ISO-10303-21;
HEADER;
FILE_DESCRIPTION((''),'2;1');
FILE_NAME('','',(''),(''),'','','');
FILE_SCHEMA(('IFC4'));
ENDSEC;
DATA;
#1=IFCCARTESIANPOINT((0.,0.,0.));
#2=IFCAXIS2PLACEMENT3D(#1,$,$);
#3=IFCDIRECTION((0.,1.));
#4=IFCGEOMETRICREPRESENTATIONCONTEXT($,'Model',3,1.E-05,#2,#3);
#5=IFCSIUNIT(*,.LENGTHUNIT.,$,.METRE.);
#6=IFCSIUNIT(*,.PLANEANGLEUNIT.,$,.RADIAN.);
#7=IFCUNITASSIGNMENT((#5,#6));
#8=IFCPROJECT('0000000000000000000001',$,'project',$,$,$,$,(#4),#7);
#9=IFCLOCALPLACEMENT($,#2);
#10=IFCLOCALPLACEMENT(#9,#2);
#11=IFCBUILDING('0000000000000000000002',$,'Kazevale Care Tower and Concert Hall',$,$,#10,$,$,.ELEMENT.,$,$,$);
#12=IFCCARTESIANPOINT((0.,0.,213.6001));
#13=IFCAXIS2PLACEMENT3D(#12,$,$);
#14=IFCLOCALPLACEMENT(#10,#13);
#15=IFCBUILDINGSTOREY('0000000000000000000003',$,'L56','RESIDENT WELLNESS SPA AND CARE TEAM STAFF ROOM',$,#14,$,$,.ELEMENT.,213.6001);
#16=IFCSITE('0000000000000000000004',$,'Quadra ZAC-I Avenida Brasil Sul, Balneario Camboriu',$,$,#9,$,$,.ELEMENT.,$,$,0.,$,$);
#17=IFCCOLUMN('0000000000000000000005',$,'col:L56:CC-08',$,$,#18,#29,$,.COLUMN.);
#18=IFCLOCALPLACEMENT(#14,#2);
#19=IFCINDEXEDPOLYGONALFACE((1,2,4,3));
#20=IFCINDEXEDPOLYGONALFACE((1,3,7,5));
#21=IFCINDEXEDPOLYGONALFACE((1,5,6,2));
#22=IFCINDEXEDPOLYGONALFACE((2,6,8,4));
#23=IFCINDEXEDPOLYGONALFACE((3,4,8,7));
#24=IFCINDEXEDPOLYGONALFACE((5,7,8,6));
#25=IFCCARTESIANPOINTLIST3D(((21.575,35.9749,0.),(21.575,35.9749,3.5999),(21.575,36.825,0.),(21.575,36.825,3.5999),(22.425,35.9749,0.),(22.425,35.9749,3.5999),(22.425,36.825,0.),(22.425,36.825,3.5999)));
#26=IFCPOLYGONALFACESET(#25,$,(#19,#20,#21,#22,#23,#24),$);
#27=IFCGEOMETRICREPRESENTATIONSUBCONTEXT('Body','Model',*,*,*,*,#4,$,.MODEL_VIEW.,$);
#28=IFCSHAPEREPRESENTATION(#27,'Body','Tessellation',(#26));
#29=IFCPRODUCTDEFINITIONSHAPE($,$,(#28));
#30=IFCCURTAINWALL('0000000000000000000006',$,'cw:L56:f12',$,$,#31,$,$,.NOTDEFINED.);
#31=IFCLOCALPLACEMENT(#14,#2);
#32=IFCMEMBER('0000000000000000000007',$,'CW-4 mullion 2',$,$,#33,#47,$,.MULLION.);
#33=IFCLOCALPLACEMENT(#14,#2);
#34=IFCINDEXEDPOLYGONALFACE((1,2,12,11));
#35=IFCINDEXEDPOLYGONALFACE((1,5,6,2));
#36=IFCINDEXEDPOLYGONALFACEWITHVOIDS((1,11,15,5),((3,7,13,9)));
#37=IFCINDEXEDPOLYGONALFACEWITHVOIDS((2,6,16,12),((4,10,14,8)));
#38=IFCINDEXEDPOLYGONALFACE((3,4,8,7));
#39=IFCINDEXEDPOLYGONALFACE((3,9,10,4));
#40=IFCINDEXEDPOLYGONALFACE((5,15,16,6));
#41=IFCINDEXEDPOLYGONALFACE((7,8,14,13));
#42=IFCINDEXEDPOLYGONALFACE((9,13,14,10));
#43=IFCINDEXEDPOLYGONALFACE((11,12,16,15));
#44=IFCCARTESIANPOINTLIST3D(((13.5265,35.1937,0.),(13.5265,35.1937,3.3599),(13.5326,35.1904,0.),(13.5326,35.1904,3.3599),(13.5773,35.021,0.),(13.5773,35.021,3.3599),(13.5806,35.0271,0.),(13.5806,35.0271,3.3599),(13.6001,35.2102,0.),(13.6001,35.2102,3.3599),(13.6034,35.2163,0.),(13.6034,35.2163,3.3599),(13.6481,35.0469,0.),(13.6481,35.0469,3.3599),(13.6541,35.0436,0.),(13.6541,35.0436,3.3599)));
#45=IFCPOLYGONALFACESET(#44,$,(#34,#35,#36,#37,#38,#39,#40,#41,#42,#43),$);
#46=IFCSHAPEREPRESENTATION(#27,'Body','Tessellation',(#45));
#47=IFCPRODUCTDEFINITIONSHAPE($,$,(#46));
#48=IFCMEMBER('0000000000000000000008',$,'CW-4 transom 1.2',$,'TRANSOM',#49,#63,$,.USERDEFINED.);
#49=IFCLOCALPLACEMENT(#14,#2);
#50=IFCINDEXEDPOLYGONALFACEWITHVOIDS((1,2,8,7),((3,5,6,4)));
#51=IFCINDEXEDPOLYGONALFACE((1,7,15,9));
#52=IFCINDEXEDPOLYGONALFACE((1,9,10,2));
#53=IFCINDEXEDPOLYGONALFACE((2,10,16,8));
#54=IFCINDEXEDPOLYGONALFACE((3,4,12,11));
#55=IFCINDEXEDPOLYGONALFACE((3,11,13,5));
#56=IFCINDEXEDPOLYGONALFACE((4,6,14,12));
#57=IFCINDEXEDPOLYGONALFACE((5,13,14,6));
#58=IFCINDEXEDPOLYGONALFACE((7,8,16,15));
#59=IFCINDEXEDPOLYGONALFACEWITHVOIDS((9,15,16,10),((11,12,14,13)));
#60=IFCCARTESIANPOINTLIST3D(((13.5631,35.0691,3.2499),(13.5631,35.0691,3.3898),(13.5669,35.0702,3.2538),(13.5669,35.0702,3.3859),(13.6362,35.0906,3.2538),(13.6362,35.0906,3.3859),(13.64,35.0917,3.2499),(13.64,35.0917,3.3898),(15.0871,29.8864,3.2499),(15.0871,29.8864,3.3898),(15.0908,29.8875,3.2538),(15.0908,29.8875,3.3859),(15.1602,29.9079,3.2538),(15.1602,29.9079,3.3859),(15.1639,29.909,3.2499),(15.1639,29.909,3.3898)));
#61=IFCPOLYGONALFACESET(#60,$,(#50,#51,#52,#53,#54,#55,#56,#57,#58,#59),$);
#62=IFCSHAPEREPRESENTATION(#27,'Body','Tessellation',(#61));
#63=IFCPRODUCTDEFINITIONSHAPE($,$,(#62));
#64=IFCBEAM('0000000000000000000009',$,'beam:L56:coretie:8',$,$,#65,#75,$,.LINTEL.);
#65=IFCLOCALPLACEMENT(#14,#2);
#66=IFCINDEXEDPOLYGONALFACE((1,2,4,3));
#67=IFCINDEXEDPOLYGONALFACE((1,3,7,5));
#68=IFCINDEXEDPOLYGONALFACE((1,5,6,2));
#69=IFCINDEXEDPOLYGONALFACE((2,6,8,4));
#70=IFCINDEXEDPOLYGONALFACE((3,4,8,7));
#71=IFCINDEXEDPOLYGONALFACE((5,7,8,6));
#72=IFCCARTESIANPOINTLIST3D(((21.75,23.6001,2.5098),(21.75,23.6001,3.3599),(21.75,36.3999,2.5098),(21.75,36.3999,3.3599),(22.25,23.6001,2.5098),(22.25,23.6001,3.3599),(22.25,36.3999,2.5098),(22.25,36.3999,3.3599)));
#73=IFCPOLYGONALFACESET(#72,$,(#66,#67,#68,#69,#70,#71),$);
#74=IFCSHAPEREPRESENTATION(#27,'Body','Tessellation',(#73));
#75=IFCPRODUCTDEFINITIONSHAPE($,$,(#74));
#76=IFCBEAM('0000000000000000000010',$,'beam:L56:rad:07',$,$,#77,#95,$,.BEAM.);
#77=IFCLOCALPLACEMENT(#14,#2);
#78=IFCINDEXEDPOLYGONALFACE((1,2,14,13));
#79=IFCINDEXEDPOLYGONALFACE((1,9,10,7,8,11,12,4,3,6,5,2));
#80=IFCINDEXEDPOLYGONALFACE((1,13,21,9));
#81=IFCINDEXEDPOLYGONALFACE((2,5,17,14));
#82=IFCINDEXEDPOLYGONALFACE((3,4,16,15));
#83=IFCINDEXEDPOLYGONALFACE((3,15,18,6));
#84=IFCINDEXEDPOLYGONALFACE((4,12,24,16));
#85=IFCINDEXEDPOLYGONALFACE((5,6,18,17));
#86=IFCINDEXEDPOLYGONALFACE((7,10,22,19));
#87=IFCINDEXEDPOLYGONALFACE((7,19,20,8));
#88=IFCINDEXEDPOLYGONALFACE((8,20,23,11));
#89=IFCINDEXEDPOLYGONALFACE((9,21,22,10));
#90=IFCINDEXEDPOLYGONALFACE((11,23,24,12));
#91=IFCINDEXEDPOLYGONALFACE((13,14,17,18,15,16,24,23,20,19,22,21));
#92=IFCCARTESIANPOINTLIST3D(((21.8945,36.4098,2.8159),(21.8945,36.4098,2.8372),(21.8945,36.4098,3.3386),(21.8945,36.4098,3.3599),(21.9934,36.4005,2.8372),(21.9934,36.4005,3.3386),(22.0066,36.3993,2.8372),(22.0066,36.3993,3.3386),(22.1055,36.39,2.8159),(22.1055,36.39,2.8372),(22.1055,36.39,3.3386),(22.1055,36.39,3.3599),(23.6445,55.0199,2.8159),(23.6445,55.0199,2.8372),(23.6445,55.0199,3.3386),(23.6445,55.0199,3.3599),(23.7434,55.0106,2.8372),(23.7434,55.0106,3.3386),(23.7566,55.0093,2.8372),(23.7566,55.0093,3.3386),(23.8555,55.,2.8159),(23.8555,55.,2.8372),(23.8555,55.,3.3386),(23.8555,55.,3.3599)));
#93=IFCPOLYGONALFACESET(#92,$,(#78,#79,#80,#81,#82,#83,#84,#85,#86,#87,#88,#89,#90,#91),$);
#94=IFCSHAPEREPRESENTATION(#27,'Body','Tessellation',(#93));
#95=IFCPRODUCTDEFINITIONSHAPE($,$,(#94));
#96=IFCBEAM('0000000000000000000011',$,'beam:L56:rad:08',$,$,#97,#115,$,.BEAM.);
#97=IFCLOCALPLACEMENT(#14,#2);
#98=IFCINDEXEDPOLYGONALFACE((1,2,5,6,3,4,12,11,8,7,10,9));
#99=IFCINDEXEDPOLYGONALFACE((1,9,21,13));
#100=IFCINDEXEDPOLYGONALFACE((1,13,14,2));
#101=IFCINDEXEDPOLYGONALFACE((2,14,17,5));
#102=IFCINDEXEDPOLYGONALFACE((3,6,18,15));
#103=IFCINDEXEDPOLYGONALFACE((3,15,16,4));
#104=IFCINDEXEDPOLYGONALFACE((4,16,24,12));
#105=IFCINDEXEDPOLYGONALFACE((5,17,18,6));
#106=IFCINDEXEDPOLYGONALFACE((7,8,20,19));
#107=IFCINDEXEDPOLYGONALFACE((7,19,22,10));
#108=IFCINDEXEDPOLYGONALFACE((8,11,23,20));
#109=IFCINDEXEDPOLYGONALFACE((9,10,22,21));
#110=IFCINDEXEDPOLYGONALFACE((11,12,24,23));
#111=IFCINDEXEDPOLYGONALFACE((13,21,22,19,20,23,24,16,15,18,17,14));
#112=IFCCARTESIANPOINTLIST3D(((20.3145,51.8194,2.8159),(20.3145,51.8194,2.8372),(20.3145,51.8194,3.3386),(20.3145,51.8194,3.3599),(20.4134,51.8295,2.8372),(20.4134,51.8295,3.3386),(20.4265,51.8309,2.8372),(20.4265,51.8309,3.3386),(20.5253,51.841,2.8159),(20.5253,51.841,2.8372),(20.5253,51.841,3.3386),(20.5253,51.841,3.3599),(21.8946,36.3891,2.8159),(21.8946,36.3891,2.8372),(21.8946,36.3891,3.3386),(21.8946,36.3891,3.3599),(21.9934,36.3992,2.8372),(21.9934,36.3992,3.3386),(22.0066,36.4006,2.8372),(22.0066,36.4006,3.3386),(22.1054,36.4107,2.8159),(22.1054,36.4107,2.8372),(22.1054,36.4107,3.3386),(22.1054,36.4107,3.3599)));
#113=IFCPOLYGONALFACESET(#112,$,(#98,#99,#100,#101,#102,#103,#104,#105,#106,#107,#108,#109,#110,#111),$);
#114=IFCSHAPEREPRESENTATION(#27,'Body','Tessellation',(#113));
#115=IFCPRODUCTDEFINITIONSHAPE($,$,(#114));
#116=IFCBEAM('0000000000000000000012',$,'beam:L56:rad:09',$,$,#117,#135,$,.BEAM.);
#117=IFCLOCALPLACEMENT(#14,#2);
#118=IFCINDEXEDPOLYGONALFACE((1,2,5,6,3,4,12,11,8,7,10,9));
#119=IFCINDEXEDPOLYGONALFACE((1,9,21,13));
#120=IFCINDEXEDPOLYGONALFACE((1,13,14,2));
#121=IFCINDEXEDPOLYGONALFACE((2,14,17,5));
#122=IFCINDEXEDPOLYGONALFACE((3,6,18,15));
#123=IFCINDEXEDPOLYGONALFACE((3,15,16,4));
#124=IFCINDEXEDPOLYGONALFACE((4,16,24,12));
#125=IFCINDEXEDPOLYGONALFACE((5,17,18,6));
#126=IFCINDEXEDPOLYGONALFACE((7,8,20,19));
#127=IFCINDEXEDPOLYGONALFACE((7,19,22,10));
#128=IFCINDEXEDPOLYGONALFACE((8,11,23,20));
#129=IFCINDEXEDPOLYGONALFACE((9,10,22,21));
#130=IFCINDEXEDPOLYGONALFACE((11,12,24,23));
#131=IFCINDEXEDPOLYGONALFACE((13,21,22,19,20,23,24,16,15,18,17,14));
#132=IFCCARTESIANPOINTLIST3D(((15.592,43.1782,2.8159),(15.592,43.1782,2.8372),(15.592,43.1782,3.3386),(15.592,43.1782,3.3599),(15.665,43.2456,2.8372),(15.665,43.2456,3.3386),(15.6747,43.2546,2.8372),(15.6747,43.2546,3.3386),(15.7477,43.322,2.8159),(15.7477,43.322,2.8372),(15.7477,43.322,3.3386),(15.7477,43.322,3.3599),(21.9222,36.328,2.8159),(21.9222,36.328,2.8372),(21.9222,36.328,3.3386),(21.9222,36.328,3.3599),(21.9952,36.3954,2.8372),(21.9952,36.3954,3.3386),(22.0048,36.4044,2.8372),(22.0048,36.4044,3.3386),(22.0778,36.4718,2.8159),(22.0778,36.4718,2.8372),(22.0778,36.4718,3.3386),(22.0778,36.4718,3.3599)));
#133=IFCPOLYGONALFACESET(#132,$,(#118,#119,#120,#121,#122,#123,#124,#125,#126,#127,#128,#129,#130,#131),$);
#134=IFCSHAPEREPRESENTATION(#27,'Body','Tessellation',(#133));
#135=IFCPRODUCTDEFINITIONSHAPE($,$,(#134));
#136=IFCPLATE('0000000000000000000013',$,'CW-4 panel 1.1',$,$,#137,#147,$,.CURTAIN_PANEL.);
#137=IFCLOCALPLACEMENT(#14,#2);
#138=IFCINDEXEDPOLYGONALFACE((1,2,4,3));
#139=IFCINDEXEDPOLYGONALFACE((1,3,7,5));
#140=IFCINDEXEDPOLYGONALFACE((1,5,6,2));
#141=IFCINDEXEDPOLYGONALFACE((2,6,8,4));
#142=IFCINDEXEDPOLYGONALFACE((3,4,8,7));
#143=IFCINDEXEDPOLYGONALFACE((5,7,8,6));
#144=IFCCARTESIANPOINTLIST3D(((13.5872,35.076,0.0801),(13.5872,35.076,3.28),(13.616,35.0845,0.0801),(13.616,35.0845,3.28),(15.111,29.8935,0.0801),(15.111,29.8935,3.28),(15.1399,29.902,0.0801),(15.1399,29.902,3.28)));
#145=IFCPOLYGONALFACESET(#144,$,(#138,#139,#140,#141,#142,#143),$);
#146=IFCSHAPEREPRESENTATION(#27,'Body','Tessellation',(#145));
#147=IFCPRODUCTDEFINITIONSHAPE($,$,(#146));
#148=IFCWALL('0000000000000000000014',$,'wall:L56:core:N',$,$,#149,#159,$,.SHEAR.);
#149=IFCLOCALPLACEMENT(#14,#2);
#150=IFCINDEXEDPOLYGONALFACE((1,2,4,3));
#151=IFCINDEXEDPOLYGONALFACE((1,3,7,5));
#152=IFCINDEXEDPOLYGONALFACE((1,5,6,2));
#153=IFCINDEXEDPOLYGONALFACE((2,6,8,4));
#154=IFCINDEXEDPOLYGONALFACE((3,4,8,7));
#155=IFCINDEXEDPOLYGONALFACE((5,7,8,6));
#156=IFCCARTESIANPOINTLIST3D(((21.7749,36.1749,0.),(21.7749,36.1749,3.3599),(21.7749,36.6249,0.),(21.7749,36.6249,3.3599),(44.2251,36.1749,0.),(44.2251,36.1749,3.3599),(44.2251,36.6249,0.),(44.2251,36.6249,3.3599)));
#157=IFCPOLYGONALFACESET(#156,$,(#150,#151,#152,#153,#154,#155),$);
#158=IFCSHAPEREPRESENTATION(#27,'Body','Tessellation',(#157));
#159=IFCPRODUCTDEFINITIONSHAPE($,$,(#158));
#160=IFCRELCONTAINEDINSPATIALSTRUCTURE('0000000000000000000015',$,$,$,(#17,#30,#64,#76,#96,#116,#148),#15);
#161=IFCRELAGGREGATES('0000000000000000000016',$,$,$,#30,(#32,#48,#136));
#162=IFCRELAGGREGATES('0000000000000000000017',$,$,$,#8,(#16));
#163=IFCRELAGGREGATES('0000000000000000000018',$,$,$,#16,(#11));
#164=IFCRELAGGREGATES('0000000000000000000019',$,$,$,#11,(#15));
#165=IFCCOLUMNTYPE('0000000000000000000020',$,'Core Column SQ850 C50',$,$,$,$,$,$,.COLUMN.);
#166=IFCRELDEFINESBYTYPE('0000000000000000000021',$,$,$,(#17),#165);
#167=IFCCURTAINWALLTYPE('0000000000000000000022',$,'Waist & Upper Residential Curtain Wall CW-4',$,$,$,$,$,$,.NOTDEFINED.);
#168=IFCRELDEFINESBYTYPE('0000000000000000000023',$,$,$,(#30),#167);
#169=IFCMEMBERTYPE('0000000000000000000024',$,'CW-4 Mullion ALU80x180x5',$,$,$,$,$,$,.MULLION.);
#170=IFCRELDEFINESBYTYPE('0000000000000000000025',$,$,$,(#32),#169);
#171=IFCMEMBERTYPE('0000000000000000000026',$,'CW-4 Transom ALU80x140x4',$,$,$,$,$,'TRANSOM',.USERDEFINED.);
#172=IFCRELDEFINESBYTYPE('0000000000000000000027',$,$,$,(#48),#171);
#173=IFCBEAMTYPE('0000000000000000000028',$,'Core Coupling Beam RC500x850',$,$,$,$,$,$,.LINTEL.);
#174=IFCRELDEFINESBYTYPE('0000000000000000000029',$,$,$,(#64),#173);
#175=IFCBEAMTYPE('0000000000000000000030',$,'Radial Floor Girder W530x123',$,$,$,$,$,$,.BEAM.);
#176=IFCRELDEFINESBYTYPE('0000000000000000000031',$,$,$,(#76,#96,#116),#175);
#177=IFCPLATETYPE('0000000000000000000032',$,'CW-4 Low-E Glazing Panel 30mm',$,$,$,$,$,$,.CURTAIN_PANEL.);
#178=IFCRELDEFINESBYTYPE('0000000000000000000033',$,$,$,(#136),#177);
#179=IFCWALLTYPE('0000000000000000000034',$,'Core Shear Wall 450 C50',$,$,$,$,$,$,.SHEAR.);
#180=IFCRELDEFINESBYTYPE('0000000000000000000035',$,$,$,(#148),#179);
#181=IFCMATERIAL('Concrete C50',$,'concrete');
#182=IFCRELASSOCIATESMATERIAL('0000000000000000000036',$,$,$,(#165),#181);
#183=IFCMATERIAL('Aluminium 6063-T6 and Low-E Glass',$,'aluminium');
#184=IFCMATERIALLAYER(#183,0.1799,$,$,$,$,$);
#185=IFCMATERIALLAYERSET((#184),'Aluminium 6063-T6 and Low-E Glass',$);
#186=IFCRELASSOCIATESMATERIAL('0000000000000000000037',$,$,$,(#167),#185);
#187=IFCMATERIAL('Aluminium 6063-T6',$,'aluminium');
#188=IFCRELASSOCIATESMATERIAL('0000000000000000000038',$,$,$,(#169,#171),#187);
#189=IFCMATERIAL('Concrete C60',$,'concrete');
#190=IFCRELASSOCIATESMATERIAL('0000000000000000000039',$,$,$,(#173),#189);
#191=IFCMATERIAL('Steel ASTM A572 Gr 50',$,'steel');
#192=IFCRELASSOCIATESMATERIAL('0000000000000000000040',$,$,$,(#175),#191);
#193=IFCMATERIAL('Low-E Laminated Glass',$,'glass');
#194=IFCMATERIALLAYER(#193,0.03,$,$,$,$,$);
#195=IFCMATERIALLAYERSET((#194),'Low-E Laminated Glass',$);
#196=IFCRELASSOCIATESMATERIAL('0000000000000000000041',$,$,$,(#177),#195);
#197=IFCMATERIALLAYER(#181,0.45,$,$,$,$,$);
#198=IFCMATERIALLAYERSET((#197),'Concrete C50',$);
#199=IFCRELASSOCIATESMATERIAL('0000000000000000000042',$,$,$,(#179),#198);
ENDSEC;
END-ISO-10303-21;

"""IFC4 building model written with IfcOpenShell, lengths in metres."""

from ifc_helpers import new_model, si_unit, direction, frame, frame_2d, origin, origin_2d, place, context, subcontext, project, spatial, rectangle, hollow_rectangle, i_section, extrude, material, layer, layer_set, material_profile, profile_set, type_object, element, aggregate, save


model = new_model("IFC4")

# Units and contexts
model_context = context("Model", 3, precision=1e-05, world=origin(), true_north=direction((0.0, 1.0)))
body_context = subcontext(model_context, "Body", "Model", "MODEL_VIEW")
ifc_project = project(units=[si_unit("LENGTHUNIT", "METRE"), si_unit("PLANEANGLEUNIT", "RADIAN")], contexts=[model_context])

# Site, building, storey
site_placement = place(None, origin())
site = spatial("IfcSite", under=ifc_project, at=site_placement, Name="Quadra ZAC-I Avenida Brasil Sul, Balneario Camboriu", CompositionType="ELEMENT", RefElevation=0.0)
building_placement = place(site_placement, origin())
building = spatial("IfcBuilding", under=site, at=building_placement, Name="Kazevale Care Tower and Concert Hall", CompositionType="ELEMENT")
storey_placement = place(building_placement, frame((0.0, 0.0, 213.6001)))
storey = spatial("IfcBuildingStorey", under=building, at=storey_placement, Name="L56", Description="RESIDENT WELLNESS SPA AND CARE TEAM STAFF ROOM", CompositionType="ELEMENT", Elevation=213.6001)

# Column
ifc_material_1 = material(Name="Concrete C50", Category="concrete")
ifc_material_profile_1 = material_profile(ifc_material_1, rectangle(XDim=0.8501, YDim=0.8501, at=origin_2d()), Name="RC-SQ850")
ifc_profile_set_1 = profile_set([ifc_material_profile_1], Name="Concrete C50")
column_type = type_object("IfcColumnType", Name="Core Column SQ850 C50", PredefinedType="COLUMN", material=ifc_profile_set_1)
column_placement = place(storey_placement, frame((22.0, 36.3999, 0.0), z_axis=(0.0, 0.0, 1.0), x_axis=(1.0, 0.0, 0.0)))
element("IfcColumn", 1, at=column_placement, inside=storey, type_object=column_type, Name="col:L56:CC-08", PredefinedType="COLUMN", context=body_context, shape_type="SweptSolid", body=[
    extrude(rectangle(XDim=0.8501, YDim=0.8501, at=origin_2d()), origin(), (0.0, 0.0, 1.0), 3.5999),
])

# Curtain wall, members
ifc_material_2 = material(Name="Aluminium 6063-T6 and Low-E Glass", Category="aluminium")
ifc_layer_1 = layer(ifc_material_2, 0.1799)
ifc_layer_set_1 = layer_set([ifc_layer_1], Name="Aluminium 6063-T6 and Low-E Glass")
curtain_wall_type = type_object("IfcCurtainWallType", Name="Waist & Upper Residential Curtain Wall CW-4", PredefinedType="NOTDEFINED", material=ifc_layer_set_1)
curtain_wall_placement = place(storey_placement, origin())
curtain_wall = element("IfcCurtainWall", 2, at=curtain_wall_placement, inside=storey, type_object=curtain_wall_type, Name="cw:L56:f12", PredefinedType="NOTDEFINED")
ifc_material_3 = material(Name="Aluminium 6063-T6", Category="aluminium")
ifc_material_profile_2 = material_profile(ifc_material_3, hollow_rectangle(XDim=0.0801, YDim=0.1799, WallThickness=0.0049, at=origin_2d()), Name="ALU80x180x5")
ifc_profile_set_2 = profile_set([ifc_material_profile_2], Name="Aluminium 6063-T6")
member_type_1 = type_object("IfcMemberType", Name="CW-4 Mullion ALU80x180x5", PredefinedType="MULLION", material=ifc_profile_set_2)
member_1_placement = place(storey_placement, frame((13.5903, 35.1187, 0.0), z_axis=(0.0, 0.0, 1.0), x_axis=(-0.959386, -0.282098, 0.0)))
member_1 = element("IfcMember", 3, at=member_1_placement, type_object=member_type_1, Name="CW-4 mullion 2", PredefinedType="MULLION", context=body_context, shape_type="SweptSolid", body=[
    extrude(hollow_rectangle(XDim=0.0801, YDim=0.1799, WallThickness=0.0049, at=origin_2d()), origin(), (0.0, 0.0, 1.0), 3.3599),
])
ifc_material_profile_3 = material_profile(ifc_material_3, hollow_rectangle(XDim=0.0801, YDim=0.1399, WallThickness=0.0039, at=origin_2d()), Name="ALU80x140x4")
ifc_profile_set_3 = profile_set([ifc_material_profile_3], Name="Aluminium 6063-T6")
member_type_2 = type_object("IfcMemberType", Name="CW-4 Transom ALU80x140x4", ElementType="TRANSOM", PredefinedType="USERDEFINED", material=ifc_profile_set_3)
member_2_placement = place(storey_placement, frame((15.1255, 29.8977, 3.3198), z_axis=(-0.282103, 0.959384, 0.0), x_axis=(-0.959384, -0.282103, 0.0)))
member_2 = element("IfcMember", 4, at=member_2_placement, type_object=member_type_2, Name="CW-4 transom 1.2", ObjectType="TRANSOM", PredefinedType="USERDEFINED", context=body_context, shape_type="SweptSolid", body=[
    extrude(hollow_rectangle(XDim=0.0801, YDim=0.1399, WallThickness=0.0039, at=origin_2d()), origin(), (0.0, 0.0, 1.0), 5.4021),
])

# Beams
ifc_material_4 = material(Name="Concrete C60", Category="concrete")
ifc_material_profile_4 = material_profile(ifc_material_4, rectangle(XDim=0.5, YDim=0.8501, at=origin_2d()), Name="RC-B500x850")
ifc_profile_set_4 = profile_set([ifc_material_profile_4], Name="Concrete C60")
beam_type_1 = type_object("IfcBeamType", Name="Core Coupling Beam RC500x850", PredefinedType="LINTEL", material=ifc_profile_set_4)
beam_1_placement = place(storey_placement, frame((22.0, 36.3999, 2.9348), z_axis=(0.0, -1.0, 0.0), x_axis=(1.0, 0.0, 0.0)))
element("IfcBeam", 5, at=beam_1_placement, inside=storey, type_object=beam_type_1, Name="beam:L56:coretie:8", PredefinedType="LINTEL", context=body_context, shape_type="SweptSolid", body=[
    extrude(rectangle(XDim=0.5, YDim=0.8501, at=origin_2d()), origin(), (0.0, 0.0, 1.0), 12.7998),
])
ifc_material_5 = material(Name="Steel ASTM A572 Gr 50", Category="steel")
ifc_material_profile_5 = material_profile(ifc_material_5, i_section(OverallWidth=0.2119, OverallDepth=0.5439, WebThickness=0.0132, FlangeThickness=0.0212, at=origin_2d()), Name="W530x123")
ifc_profile_set_5 = profile_set([ifc_material_profile_5], Name="Steel ASTM A572 Gr 50")
beam_type_2 = type_object("IfcBeamType", Name="Radial Floor Girder W530x123", PredefinedType="BEAM", material=ifc_profile_set_5)
beam_2_placement = place(storey_placement, frame((22.0, 36.3999, 3.0879), z_axis=(0.093622, 0.995608, 0.0), x_axis=(-0.995608, 0.093622, 0.0)))
element("IfcBeam", 6, at=beam_2_placement, inside=storey, type_object=beam_type_2, Name="beam:L56:rad:07", PredefinedType="BEAM", context=body_context, shape_type="SweptSolid", body=[
    extrude(i_section(OverallWidth=0.2119, OverallDepth=0.5439, WebThickness=0.0132, FlangeThickness=0.0212, at=origin_2d()), origin(), (0.0, 0.0, 1.0), 18.6921),
])
beam_3_placement = place(storey_placement, frame((22.0, 36.3999, 3.0879), z_axis=(-0.101869, 0.994798, 0.0), x_axis=(-0.994798, -0.101869, 0.0)))
element("IfcBeam", 7, at=beam_3_placement, inside=storey, type_object=beam_type_2, Name="beam:L56:rad:08", PredefinedType="BEAM", context=body_context, shape_type="SweptSolid", body=[
    extrude(i_section(OverallWidth=0.2119, OverallDepth=0.5439, WebThickness=0.0132, FlangeThickness=0.0212, at=origin_2d()), origin(), (0.0, 0.0, 1.0), 15.511),
])
beam_4_placement = place(storey_placement, frame((22.0, 36.3999, 3.0879), z_axis=(-0.67868, 0.734434, 0.0), x_axis=(-0.734434, -0.67868, 0.0)))
element("IfcBeam", 8, at=beam_4_placement, inside=storey, type_object=beam_type_2, Name="beam:L56:rad:09", PredefinedType="BEAM", context=body_context, shape_type="SweptSolid", body=[
    extrude(i_section(OverallWidth=0.2119, OverallDepth=0.5439, WebThickness=0.0132, FlangeThickness=0.0212, at=origin_2d()), origin(), (0.0, 0.0, 1.0), 9.3271),
])

# Plate
ifc_material_6 = material(Name="Low-E Laminated Glass", Category="glass")
ifc_layer_2 = layer(ifc_material_6, 0.03)
ifc_layer_set_2 = layer_set([ifc_layer_2], Name="Low-E Laminated Glass")
plate_type = type_object("IfcPlateType", Name="CW-4 Low-E Glazing Panel 30mm", PredefinedType="CURTAIN_PANEL", material=ifc_layer_set_2)
plate_placement = place(storey_placement, frame((14.3635, 32.489, 0.0801), z_axis=(0.0, 0.0, 1.0), x_axis=(-0.282098, 0.959386, 0.0)))
plate = element("IfcPlate", 9, at=plate_placement, type_object=plate_type, Name="CW-4 panel 1.1", PredefinedType="CURTAIN_PANEL", context=body_context, shape_type="SweptSolid", body=[
    extrude(rectangle(XDim=5.4019, YDim=0.03, at=origin_2d()), origin(), (0.0, 0.0, 1.0), 3.2),
])
aggregate(curtain_wall, [member_1, member_2, plate])

# Wall
ifc_layer_3 = layer(ifc_material_1, 0.45)
ifc_layer_set_3 = layer_set([ifc_layer_3], Name="Concrete C50")
wall_type_1 = type_object("IfcWallType", Name="Core Shear Wall 450 C50", PredefinedType="SHEAR", material=ifc_layer_set_3)
wall_1_placement = place(storey_placement, frame((21.7749, 36.3999, 0.0), z_axis=(0.0, 0.0, 1.0), x_axis=(1.0, 0.0, 0.0)))
element("IfcWall", 10, at=wall_1_placement, inside=storey, type_object=wall_type_1, Name="wall:L56:core:N", PredefinedType="SHEAR", context=body_context, shape_type="SweptSolid", body=[
    extrude(rectangle(XDim=22.4502, YDim=0.45, at=frame_2d((11.2251, 0.0))), origin(), (0.0, 0.0, 1.0), 3.3599),
])

save(model, "model.ifc")
